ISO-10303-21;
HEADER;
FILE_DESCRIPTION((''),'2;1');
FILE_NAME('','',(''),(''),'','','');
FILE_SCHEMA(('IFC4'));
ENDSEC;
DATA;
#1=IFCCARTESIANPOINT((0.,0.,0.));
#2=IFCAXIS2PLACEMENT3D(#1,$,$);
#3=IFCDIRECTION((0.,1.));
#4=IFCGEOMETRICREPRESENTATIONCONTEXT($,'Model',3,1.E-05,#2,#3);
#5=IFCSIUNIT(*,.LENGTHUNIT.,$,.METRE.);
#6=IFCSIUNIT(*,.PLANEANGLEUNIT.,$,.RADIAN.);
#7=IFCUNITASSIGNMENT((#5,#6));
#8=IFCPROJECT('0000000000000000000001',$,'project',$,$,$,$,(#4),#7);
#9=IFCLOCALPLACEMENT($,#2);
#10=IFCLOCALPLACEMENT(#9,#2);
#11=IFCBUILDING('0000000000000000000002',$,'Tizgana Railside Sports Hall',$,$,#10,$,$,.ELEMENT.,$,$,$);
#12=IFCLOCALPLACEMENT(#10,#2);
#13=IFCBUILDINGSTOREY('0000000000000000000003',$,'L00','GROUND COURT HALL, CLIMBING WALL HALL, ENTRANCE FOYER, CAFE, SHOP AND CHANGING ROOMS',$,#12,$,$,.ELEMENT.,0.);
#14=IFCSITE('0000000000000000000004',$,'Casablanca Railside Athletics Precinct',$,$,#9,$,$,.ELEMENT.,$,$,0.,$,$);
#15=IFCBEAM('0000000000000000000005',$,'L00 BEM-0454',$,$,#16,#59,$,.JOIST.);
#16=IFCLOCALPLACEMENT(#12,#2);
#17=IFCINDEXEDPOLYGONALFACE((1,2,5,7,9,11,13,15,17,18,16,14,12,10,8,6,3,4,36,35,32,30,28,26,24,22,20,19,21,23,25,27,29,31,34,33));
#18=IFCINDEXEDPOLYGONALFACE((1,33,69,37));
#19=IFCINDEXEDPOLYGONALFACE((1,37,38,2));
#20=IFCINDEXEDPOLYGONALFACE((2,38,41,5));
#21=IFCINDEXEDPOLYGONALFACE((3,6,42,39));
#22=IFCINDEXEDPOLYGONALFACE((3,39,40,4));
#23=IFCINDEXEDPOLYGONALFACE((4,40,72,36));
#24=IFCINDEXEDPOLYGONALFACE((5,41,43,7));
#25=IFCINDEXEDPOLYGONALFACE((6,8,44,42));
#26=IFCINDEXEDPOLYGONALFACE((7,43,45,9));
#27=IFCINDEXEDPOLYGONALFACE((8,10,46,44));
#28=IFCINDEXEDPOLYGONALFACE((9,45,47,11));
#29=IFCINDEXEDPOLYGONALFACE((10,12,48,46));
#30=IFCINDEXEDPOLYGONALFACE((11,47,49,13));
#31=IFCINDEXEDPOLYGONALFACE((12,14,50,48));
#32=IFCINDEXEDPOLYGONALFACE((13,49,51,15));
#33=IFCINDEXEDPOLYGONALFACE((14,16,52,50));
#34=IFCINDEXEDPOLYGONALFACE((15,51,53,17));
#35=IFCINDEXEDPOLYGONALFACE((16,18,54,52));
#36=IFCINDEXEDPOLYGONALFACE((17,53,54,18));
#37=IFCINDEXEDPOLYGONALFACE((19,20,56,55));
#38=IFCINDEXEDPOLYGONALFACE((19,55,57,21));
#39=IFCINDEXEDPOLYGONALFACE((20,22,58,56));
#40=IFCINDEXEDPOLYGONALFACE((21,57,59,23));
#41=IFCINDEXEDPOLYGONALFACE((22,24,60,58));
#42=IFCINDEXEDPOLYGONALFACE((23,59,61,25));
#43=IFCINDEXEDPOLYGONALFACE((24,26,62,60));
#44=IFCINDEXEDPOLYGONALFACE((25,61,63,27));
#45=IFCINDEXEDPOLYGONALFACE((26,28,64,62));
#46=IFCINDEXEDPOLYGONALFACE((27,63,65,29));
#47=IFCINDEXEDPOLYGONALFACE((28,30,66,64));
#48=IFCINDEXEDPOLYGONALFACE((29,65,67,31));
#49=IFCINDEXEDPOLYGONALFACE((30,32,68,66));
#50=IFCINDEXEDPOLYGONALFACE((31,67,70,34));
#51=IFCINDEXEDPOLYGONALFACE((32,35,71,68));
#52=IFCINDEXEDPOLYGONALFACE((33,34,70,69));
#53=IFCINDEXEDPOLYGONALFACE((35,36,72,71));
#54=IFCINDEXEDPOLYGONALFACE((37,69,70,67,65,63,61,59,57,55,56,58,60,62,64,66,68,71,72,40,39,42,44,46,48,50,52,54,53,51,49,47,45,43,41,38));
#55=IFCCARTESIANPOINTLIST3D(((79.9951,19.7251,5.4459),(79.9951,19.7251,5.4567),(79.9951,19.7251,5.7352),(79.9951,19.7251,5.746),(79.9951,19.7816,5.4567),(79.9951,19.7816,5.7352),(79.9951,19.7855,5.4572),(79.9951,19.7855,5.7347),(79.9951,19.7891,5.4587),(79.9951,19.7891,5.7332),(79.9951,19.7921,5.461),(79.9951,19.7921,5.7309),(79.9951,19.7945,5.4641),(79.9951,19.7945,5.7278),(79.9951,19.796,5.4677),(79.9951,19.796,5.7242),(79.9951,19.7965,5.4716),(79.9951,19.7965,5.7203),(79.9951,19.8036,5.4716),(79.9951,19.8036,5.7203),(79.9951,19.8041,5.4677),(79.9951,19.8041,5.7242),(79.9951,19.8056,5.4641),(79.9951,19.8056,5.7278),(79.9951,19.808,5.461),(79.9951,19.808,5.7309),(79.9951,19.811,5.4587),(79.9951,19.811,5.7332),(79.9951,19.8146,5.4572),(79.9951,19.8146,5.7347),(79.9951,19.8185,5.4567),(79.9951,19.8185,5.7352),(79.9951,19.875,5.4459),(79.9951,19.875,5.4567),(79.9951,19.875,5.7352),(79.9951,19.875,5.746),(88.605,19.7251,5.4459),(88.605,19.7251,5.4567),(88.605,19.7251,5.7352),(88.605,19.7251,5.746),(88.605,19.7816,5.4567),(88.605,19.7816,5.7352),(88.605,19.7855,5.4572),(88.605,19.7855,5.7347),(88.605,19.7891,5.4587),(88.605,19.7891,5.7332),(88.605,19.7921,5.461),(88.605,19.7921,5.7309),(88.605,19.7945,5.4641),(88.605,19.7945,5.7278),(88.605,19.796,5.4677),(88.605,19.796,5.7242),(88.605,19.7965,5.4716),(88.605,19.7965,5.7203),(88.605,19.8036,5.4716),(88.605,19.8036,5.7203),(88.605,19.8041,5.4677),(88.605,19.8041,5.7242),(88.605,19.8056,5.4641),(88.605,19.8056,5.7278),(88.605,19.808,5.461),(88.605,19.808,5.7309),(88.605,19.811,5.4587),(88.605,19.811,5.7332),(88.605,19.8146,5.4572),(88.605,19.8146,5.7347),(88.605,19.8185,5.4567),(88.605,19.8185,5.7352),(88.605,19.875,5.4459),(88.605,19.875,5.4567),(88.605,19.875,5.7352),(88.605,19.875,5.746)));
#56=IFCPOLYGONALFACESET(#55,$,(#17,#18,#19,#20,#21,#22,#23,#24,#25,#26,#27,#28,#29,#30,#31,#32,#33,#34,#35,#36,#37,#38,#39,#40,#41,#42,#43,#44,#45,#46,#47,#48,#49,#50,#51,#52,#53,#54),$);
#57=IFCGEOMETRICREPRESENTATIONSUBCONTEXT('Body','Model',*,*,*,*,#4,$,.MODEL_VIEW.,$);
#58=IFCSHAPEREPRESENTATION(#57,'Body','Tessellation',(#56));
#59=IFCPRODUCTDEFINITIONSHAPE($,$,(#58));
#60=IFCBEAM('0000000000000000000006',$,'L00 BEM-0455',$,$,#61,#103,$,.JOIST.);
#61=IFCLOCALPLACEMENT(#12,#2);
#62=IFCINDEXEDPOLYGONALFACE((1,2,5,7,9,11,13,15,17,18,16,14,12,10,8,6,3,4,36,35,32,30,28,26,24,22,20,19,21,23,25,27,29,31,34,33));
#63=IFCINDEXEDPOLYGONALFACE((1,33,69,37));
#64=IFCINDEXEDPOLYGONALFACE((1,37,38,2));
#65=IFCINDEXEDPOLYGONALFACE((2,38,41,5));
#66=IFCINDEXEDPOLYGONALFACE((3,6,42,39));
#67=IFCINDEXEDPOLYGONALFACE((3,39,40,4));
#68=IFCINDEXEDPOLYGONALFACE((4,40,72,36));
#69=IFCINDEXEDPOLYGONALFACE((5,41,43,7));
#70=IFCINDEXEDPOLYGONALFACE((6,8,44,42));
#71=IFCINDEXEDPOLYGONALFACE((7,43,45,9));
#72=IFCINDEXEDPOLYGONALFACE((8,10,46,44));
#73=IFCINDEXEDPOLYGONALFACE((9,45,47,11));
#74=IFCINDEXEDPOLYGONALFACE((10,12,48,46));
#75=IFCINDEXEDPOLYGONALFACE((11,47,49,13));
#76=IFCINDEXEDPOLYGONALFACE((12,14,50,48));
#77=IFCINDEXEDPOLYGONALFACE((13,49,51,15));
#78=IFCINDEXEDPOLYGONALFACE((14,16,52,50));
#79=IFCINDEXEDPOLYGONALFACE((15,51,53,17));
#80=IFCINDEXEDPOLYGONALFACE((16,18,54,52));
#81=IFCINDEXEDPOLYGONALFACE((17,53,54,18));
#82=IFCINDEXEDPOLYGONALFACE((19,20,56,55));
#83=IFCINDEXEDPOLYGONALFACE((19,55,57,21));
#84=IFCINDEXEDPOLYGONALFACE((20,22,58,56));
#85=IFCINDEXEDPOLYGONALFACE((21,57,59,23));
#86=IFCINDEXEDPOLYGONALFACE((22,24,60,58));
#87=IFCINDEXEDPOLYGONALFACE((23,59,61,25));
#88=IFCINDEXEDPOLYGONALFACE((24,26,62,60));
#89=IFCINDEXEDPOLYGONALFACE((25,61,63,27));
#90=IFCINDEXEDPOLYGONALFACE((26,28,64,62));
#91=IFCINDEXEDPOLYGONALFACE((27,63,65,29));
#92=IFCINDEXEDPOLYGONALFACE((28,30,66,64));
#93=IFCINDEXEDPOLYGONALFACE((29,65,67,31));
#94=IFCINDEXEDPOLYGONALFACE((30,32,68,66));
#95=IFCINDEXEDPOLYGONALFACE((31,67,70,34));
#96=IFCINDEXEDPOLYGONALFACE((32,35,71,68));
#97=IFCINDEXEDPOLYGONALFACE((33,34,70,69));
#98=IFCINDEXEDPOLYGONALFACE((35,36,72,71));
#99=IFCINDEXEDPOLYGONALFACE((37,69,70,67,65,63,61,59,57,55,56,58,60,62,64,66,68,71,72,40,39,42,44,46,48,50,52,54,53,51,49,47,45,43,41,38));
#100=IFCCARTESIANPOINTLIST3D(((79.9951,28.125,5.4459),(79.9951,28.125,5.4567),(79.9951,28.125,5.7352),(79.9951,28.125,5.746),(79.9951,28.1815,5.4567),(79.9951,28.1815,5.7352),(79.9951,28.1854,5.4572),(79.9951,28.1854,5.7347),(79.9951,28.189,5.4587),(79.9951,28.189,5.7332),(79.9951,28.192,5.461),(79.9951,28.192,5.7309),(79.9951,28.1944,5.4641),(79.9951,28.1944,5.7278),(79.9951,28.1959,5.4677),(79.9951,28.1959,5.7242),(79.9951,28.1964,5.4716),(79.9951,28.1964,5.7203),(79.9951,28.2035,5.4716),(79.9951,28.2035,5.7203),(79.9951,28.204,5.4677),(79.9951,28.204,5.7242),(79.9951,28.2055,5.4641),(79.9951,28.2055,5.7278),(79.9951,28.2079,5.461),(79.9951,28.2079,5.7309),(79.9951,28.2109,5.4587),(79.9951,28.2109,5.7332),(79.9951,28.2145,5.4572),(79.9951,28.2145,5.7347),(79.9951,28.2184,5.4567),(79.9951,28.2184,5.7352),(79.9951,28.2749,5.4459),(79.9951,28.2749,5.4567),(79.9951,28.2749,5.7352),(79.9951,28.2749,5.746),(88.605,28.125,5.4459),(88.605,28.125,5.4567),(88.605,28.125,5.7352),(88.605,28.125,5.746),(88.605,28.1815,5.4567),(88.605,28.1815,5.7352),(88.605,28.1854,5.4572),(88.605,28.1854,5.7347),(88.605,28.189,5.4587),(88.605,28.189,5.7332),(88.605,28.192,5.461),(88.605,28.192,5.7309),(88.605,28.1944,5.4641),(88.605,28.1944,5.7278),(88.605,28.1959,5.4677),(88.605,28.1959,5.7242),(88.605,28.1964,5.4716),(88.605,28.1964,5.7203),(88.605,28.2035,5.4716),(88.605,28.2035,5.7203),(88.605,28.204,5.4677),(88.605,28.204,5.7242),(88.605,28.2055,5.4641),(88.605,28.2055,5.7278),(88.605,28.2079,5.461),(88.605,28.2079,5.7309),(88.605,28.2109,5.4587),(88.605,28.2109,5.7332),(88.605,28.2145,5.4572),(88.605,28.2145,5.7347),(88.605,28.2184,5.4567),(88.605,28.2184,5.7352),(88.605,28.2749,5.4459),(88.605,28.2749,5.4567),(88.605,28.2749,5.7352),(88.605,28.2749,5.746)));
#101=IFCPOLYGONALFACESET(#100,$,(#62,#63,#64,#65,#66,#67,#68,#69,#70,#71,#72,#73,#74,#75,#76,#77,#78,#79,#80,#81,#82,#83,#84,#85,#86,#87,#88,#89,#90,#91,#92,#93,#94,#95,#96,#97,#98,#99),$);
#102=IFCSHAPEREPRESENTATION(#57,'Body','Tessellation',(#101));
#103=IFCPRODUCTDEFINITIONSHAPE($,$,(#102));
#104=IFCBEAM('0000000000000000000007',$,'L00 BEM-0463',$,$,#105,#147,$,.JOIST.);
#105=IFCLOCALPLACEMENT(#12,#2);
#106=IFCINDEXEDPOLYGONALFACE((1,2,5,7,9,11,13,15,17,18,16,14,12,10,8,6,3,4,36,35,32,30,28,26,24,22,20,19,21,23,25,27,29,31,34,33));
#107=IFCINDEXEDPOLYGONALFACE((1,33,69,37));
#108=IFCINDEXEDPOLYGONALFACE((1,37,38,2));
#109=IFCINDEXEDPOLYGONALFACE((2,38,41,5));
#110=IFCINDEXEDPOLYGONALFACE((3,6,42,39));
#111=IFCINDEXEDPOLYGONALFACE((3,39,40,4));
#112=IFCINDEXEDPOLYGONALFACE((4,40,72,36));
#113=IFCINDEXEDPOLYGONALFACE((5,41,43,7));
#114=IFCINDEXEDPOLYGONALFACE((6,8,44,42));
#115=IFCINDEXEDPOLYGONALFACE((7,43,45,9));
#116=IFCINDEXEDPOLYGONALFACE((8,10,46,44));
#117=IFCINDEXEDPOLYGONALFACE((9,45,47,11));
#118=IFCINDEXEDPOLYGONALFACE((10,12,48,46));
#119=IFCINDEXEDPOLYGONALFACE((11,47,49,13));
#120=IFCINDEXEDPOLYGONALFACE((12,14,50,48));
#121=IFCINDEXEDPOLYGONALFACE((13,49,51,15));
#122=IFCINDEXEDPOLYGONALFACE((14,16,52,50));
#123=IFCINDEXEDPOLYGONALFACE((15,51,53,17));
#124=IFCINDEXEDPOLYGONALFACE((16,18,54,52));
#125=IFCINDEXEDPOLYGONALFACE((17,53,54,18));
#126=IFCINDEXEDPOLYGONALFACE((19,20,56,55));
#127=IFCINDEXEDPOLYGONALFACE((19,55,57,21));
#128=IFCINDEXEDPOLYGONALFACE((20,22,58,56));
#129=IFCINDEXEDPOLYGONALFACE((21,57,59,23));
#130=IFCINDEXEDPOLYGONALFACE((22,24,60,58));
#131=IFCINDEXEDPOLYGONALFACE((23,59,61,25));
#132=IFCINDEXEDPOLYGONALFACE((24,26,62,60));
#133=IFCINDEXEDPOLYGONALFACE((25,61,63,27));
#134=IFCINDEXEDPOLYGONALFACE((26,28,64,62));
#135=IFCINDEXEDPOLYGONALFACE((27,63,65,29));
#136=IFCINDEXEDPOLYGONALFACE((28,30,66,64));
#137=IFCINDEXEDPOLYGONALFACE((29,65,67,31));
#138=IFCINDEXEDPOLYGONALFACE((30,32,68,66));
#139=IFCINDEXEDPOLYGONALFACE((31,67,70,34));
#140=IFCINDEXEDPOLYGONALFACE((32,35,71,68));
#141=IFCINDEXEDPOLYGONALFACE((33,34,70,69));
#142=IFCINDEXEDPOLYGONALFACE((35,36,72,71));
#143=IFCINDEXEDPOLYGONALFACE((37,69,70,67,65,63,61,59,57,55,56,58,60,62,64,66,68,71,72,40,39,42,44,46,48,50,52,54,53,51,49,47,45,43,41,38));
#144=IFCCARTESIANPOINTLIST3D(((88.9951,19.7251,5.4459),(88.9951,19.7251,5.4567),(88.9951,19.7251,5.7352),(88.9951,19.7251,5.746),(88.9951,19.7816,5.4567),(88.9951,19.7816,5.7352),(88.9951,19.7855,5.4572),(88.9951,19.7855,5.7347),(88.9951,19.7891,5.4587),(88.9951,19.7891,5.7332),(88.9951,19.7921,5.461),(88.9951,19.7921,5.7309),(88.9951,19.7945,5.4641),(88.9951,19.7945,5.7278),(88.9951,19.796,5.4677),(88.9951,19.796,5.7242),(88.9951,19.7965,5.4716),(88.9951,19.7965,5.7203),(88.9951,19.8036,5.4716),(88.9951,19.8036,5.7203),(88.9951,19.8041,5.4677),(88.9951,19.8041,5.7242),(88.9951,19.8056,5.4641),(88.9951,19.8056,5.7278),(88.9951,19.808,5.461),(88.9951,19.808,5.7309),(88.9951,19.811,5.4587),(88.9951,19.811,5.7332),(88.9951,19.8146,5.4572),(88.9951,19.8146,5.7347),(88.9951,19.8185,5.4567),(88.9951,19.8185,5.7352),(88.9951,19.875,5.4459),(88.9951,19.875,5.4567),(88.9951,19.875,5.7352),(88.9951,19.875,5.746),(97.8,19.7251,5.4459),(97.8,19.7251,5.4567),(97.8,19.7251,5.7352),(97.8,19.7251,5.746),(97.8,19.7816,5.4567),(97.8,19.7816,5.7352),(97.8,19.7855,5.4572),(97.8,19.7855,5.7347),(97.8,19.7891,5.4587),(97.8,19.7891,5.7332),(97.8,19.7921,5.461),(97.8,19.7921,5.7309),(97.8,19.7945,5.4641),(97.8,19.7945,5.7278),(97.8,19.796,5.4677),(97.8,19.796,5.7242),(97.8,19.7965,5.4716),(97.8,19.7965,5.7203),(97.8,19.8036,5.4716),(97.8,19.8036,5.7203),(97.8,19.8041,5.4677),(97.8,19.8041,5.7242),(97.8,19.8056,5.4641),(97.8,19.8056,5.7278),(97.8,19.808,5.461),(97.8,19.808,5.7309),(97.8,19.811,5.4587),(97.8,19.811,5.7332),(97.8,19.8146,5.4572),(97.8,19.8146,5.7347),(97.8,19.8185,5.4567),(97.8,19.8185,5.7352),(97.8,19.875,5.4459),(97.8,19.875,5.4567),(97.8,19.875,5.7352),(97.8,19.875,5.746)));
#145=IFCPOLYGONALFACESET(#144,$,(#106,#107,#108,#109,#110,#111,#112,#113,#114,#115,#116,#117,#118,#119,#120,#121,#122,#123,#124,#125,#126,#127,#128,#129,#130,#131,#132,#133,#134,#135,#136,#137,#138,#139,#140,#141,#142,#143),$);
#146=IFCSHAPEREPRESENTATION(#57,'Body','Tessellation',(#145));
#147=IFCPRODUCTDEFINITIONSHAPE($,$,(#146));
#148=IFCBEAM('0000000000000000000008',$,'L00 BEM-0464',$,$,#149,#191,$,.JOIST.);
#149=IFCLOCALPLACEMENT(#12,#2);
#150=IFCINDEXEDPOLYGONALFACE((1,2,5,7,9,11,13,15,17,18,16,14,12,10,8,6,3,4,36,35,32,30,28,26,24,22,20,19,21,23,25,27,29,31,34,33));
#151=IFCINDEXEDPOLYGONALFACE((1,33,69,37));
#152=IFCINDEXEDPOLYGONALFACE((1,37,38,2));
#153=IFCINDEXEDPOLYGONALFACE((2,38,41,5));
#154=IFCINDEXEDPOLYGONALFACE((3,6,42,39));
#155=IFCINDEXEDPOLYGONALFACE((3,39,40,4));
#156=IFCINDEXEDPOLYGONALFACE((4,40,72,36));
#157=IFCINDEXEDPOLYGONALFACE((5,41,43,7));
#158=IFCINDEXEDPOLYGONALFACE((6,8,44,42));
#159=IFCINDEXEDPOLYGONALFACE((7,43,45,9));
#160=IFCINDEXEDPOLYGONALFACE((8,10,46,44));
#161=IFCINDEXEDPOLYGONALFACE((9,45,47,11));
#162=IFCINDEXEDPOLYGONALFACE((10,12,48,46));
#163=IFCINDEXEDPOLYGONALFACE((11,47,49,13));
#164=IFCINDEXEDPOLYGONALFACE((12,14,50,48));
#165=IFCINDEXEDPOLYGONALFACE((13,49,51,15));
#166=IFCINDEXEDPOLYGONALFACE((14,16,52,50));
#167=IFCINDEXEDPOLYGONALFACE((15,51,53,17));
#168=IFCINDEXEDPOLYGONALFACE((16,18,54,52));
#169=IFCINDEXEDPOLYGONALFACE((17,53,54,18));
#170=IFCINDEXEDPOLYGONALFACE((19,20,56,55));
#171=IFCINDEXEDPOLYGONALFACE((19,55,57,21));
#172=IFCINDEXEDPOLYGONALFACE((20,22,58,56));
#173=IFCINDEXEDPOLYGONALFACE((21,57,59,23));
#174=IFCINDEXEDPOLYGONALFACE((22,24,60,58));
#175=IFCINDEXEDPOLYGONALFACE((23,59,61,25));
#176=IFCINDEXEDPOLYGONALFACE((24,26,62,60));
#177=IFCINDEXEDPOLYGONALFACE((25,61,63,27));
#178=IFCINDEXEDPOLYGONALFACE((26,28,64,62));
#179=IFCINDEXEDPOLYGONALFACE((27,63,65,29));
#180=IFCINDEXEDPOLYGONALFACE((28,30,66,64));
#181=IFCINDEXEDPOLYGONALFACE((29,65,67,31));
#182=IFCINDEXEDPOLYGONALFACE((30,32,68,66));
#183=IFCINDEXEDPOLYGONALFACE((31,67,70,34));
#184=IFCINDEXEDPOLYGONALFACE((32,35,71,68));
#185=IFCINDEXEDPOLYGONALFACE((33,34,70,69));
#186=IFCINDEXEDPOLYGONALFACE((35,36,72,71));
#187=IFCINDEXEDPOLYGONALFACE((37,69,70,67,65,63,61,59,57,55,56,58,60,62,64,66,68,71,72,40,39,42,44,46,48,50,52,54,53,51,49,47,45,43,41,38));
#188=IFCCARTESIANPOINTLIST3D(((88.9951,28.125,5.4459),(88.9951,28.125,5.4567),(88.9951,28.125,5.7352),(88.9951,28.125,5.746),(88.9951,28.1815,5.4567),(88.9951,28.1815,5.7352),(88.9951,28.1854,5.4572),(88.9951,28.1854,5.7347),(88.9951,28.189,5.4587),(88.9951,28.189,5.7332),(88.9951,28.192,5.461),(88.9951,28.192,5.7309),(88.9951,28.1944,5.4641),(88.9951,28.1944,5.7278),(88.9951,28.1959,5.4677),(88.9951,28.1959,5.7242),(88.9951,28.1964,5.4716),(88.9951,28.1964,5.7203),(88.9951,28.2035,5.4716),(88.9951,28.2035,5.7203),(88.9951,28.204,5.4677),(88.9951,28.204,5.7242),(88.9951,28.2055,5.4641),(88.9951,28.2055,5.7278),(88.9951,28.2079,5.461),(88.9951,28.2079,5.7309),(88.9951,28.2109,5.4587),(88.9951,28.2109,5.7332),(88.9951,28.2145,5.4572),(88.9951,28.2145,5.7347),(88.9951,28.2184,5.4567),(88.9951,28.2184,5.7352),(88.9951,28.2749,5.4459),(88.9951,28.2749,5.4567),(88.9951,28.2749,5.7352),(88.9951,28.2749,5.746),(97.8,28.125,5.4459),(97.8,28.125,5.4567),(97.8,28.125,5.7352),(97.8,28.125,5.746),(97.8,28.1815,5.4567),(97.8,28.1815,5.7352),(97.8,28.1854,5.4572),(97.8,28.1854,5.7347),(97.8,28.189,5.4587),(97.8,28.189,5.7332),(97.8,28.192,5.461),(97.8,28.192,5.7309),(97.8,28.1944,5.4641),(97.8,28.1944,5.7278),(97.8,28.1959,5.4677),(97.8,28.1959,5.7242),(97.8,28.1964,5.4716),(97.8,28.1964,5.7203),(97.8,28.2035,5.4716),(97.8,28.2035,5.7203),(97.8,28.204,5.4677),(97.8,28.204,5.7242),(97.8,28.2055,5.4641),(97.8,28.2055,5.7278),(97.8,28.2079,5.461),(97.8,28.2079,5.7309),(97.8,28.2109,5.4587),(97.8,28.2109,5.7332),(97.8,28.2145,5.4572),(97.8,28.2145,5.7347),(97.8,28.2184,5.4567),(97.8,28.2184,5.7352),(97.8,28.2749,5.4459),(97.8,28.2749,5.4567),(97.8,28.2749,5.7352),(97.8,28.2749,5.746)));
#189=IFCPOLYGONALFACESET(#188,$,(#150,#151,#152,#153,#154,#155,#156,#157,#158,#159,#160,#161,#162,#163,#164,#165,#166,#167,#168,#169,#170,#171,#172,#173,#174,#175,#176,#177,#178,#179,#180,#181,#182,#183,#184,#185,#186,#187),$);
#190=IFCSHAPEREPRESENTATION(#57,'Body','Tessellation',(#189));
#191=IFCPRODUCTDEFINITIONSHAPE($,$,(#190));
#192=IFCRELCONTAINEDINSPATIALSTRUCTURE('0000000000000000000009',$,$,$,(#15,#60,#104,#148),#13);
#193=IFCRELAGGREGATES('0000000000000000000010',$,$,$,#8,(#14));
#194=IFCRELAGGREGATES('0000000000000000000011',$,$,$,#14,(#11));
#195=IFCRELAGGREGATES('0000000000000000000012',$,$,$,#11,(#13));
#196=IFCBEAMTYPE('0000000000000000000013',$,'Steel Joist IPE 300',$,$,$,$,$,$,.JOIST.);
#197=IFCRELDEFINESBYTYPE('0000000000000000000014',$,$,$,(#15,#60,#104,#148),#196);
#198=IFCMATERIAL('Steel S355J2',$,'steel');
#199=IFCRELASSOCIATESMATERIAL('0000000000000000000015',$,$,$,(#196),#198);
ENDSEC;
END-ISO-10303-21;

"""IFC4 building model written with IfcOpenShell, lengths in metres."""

from ifc_helpers import new_model, si_unit, direction, frame, origin, origin_2d, place, context, subcontext, project, spatial, i_section, extrude, material, material_profile, profile_set, type_object, element, save


model = new_model("IFC4")

# Units and contexts
model_context = context("Model", 3, precision=1e-05, world=origin(), true_north=direction((0.0, 1.0)))
body_context = subcontext(model_context, "Body", "Model", "MODEL_VIEW")
ifc_project = project(units=[si_unit("LENGTHUNIT", "METRE"), si_unit("PLANEANGLEUNIT", "RADIAN")], contexts=[model_context])

# Site, building, storey
site_placement = place(None, origin())
site = spatial("IfcSite", under=ifc_project, at=site_placement, Name="Casablanca Railside Athletics Precinct", CompositionType="ELEMENT", RefElevation=0.0)
building_placement = place(site_placement, origin())
building = spatial("IfcBuilding", under=site, at=building_placement, Name="Tizgana Railside Sports Hall", CompositionType="ELEMENT")
storey_placement = place(building_placement, origin())
storey = spatial("IfcBuildingStorey", under=building, at=storey_placement, Name="L00", Description="GROUND COURT HALL, CLIMBING WALL HALL, ENTRANCE FOYER, CAFE, SHOP AND CHANGING ROOMS", CompositionType="ELEMENT", Elevation=0.0)

# Beams
ifc_material_1 = material(Name="Steel S355J2", Category="steel")
ifc_material_profile_1 = material_profile(ifc_material_1, i_section(OverallWidth=0.1499, OverallDepth=0.3, WebThickness=0.0071, FlangeThickness=0.0107, FilletRadius=0.0149, at=origin_2d()), Name="IPE 300")
ifc_profile_set_1 = profile_set([ifc_material_profile_1], Name="Steel S355J2")
beam_type_1 = type_object("IfcBeamType", Name="Steel Joist IPE 300", PredefinedType="JOIST", material=ifc_profile_set_1)
for number, where, z_axis, x_axis, name in (
    (1, (79.9951, 19.8, 5.5959), (1.0, 0.0, 0.0), (0.0, 1.0, 0.0), "L00 BEM-0454"),
    (2, (79.9951, 28.2, 5.5959), (1.0, 0.0, 0.0), (0.0, 1.0, 0.0), "L00 BEM-0455"),
):
    element("IfcBeam", number, at=place(storey_placement, frame(where, z_axis=z_axis, x_axis=x_axis)), inside=storey, type_object=beam_type_1, Name=name, PredefinedType="JOIST", context=body_context, shape_type="SweptSolid", body=[
        extrude(i_section(OverallWidth=0.1499, OverallDepth=0.3, WebThickness=0.0071, FlangeThickness=0.0107, FilletRadius=0.0149, at=origin_2d()), origin(), (0.0, 0.0, 1.0), 8.6099),
    ])
for number, where, z_axis, x_axis, name in (
    (3, (88.9951, 19.8, 5.5959), (1.0, 0.0, 0.0), (0.0, 1.0, 0.0), "L00 BEM-0463"),
    (4, (88.9951, 28.2, 5.5959), (1.0, 0.0, 0.0), (0.0, 1.0, 0.0), "L00 BEM-0464"),
):
    element("IfcBeam", number, at=place(storey_placement, frame(where, z_axis=z_axis, x_axis=x_axis)), inside=storey, type_object=beam_type_1, Name=name, PredefinedType="JOIST", context=body_context, shape_type="SweptSolid", body=[
        extrude(i_section(OverallWidth=0.1499, OverallDepth=0.3, WebThickness=0.0071, FlangeThickness=0.0107, FilletRadius=0.0149, at=origin_2d()), origin(), (0.0, 0.0, 1.0), 8.8049),
    ])

save(model, "model.ifc")
